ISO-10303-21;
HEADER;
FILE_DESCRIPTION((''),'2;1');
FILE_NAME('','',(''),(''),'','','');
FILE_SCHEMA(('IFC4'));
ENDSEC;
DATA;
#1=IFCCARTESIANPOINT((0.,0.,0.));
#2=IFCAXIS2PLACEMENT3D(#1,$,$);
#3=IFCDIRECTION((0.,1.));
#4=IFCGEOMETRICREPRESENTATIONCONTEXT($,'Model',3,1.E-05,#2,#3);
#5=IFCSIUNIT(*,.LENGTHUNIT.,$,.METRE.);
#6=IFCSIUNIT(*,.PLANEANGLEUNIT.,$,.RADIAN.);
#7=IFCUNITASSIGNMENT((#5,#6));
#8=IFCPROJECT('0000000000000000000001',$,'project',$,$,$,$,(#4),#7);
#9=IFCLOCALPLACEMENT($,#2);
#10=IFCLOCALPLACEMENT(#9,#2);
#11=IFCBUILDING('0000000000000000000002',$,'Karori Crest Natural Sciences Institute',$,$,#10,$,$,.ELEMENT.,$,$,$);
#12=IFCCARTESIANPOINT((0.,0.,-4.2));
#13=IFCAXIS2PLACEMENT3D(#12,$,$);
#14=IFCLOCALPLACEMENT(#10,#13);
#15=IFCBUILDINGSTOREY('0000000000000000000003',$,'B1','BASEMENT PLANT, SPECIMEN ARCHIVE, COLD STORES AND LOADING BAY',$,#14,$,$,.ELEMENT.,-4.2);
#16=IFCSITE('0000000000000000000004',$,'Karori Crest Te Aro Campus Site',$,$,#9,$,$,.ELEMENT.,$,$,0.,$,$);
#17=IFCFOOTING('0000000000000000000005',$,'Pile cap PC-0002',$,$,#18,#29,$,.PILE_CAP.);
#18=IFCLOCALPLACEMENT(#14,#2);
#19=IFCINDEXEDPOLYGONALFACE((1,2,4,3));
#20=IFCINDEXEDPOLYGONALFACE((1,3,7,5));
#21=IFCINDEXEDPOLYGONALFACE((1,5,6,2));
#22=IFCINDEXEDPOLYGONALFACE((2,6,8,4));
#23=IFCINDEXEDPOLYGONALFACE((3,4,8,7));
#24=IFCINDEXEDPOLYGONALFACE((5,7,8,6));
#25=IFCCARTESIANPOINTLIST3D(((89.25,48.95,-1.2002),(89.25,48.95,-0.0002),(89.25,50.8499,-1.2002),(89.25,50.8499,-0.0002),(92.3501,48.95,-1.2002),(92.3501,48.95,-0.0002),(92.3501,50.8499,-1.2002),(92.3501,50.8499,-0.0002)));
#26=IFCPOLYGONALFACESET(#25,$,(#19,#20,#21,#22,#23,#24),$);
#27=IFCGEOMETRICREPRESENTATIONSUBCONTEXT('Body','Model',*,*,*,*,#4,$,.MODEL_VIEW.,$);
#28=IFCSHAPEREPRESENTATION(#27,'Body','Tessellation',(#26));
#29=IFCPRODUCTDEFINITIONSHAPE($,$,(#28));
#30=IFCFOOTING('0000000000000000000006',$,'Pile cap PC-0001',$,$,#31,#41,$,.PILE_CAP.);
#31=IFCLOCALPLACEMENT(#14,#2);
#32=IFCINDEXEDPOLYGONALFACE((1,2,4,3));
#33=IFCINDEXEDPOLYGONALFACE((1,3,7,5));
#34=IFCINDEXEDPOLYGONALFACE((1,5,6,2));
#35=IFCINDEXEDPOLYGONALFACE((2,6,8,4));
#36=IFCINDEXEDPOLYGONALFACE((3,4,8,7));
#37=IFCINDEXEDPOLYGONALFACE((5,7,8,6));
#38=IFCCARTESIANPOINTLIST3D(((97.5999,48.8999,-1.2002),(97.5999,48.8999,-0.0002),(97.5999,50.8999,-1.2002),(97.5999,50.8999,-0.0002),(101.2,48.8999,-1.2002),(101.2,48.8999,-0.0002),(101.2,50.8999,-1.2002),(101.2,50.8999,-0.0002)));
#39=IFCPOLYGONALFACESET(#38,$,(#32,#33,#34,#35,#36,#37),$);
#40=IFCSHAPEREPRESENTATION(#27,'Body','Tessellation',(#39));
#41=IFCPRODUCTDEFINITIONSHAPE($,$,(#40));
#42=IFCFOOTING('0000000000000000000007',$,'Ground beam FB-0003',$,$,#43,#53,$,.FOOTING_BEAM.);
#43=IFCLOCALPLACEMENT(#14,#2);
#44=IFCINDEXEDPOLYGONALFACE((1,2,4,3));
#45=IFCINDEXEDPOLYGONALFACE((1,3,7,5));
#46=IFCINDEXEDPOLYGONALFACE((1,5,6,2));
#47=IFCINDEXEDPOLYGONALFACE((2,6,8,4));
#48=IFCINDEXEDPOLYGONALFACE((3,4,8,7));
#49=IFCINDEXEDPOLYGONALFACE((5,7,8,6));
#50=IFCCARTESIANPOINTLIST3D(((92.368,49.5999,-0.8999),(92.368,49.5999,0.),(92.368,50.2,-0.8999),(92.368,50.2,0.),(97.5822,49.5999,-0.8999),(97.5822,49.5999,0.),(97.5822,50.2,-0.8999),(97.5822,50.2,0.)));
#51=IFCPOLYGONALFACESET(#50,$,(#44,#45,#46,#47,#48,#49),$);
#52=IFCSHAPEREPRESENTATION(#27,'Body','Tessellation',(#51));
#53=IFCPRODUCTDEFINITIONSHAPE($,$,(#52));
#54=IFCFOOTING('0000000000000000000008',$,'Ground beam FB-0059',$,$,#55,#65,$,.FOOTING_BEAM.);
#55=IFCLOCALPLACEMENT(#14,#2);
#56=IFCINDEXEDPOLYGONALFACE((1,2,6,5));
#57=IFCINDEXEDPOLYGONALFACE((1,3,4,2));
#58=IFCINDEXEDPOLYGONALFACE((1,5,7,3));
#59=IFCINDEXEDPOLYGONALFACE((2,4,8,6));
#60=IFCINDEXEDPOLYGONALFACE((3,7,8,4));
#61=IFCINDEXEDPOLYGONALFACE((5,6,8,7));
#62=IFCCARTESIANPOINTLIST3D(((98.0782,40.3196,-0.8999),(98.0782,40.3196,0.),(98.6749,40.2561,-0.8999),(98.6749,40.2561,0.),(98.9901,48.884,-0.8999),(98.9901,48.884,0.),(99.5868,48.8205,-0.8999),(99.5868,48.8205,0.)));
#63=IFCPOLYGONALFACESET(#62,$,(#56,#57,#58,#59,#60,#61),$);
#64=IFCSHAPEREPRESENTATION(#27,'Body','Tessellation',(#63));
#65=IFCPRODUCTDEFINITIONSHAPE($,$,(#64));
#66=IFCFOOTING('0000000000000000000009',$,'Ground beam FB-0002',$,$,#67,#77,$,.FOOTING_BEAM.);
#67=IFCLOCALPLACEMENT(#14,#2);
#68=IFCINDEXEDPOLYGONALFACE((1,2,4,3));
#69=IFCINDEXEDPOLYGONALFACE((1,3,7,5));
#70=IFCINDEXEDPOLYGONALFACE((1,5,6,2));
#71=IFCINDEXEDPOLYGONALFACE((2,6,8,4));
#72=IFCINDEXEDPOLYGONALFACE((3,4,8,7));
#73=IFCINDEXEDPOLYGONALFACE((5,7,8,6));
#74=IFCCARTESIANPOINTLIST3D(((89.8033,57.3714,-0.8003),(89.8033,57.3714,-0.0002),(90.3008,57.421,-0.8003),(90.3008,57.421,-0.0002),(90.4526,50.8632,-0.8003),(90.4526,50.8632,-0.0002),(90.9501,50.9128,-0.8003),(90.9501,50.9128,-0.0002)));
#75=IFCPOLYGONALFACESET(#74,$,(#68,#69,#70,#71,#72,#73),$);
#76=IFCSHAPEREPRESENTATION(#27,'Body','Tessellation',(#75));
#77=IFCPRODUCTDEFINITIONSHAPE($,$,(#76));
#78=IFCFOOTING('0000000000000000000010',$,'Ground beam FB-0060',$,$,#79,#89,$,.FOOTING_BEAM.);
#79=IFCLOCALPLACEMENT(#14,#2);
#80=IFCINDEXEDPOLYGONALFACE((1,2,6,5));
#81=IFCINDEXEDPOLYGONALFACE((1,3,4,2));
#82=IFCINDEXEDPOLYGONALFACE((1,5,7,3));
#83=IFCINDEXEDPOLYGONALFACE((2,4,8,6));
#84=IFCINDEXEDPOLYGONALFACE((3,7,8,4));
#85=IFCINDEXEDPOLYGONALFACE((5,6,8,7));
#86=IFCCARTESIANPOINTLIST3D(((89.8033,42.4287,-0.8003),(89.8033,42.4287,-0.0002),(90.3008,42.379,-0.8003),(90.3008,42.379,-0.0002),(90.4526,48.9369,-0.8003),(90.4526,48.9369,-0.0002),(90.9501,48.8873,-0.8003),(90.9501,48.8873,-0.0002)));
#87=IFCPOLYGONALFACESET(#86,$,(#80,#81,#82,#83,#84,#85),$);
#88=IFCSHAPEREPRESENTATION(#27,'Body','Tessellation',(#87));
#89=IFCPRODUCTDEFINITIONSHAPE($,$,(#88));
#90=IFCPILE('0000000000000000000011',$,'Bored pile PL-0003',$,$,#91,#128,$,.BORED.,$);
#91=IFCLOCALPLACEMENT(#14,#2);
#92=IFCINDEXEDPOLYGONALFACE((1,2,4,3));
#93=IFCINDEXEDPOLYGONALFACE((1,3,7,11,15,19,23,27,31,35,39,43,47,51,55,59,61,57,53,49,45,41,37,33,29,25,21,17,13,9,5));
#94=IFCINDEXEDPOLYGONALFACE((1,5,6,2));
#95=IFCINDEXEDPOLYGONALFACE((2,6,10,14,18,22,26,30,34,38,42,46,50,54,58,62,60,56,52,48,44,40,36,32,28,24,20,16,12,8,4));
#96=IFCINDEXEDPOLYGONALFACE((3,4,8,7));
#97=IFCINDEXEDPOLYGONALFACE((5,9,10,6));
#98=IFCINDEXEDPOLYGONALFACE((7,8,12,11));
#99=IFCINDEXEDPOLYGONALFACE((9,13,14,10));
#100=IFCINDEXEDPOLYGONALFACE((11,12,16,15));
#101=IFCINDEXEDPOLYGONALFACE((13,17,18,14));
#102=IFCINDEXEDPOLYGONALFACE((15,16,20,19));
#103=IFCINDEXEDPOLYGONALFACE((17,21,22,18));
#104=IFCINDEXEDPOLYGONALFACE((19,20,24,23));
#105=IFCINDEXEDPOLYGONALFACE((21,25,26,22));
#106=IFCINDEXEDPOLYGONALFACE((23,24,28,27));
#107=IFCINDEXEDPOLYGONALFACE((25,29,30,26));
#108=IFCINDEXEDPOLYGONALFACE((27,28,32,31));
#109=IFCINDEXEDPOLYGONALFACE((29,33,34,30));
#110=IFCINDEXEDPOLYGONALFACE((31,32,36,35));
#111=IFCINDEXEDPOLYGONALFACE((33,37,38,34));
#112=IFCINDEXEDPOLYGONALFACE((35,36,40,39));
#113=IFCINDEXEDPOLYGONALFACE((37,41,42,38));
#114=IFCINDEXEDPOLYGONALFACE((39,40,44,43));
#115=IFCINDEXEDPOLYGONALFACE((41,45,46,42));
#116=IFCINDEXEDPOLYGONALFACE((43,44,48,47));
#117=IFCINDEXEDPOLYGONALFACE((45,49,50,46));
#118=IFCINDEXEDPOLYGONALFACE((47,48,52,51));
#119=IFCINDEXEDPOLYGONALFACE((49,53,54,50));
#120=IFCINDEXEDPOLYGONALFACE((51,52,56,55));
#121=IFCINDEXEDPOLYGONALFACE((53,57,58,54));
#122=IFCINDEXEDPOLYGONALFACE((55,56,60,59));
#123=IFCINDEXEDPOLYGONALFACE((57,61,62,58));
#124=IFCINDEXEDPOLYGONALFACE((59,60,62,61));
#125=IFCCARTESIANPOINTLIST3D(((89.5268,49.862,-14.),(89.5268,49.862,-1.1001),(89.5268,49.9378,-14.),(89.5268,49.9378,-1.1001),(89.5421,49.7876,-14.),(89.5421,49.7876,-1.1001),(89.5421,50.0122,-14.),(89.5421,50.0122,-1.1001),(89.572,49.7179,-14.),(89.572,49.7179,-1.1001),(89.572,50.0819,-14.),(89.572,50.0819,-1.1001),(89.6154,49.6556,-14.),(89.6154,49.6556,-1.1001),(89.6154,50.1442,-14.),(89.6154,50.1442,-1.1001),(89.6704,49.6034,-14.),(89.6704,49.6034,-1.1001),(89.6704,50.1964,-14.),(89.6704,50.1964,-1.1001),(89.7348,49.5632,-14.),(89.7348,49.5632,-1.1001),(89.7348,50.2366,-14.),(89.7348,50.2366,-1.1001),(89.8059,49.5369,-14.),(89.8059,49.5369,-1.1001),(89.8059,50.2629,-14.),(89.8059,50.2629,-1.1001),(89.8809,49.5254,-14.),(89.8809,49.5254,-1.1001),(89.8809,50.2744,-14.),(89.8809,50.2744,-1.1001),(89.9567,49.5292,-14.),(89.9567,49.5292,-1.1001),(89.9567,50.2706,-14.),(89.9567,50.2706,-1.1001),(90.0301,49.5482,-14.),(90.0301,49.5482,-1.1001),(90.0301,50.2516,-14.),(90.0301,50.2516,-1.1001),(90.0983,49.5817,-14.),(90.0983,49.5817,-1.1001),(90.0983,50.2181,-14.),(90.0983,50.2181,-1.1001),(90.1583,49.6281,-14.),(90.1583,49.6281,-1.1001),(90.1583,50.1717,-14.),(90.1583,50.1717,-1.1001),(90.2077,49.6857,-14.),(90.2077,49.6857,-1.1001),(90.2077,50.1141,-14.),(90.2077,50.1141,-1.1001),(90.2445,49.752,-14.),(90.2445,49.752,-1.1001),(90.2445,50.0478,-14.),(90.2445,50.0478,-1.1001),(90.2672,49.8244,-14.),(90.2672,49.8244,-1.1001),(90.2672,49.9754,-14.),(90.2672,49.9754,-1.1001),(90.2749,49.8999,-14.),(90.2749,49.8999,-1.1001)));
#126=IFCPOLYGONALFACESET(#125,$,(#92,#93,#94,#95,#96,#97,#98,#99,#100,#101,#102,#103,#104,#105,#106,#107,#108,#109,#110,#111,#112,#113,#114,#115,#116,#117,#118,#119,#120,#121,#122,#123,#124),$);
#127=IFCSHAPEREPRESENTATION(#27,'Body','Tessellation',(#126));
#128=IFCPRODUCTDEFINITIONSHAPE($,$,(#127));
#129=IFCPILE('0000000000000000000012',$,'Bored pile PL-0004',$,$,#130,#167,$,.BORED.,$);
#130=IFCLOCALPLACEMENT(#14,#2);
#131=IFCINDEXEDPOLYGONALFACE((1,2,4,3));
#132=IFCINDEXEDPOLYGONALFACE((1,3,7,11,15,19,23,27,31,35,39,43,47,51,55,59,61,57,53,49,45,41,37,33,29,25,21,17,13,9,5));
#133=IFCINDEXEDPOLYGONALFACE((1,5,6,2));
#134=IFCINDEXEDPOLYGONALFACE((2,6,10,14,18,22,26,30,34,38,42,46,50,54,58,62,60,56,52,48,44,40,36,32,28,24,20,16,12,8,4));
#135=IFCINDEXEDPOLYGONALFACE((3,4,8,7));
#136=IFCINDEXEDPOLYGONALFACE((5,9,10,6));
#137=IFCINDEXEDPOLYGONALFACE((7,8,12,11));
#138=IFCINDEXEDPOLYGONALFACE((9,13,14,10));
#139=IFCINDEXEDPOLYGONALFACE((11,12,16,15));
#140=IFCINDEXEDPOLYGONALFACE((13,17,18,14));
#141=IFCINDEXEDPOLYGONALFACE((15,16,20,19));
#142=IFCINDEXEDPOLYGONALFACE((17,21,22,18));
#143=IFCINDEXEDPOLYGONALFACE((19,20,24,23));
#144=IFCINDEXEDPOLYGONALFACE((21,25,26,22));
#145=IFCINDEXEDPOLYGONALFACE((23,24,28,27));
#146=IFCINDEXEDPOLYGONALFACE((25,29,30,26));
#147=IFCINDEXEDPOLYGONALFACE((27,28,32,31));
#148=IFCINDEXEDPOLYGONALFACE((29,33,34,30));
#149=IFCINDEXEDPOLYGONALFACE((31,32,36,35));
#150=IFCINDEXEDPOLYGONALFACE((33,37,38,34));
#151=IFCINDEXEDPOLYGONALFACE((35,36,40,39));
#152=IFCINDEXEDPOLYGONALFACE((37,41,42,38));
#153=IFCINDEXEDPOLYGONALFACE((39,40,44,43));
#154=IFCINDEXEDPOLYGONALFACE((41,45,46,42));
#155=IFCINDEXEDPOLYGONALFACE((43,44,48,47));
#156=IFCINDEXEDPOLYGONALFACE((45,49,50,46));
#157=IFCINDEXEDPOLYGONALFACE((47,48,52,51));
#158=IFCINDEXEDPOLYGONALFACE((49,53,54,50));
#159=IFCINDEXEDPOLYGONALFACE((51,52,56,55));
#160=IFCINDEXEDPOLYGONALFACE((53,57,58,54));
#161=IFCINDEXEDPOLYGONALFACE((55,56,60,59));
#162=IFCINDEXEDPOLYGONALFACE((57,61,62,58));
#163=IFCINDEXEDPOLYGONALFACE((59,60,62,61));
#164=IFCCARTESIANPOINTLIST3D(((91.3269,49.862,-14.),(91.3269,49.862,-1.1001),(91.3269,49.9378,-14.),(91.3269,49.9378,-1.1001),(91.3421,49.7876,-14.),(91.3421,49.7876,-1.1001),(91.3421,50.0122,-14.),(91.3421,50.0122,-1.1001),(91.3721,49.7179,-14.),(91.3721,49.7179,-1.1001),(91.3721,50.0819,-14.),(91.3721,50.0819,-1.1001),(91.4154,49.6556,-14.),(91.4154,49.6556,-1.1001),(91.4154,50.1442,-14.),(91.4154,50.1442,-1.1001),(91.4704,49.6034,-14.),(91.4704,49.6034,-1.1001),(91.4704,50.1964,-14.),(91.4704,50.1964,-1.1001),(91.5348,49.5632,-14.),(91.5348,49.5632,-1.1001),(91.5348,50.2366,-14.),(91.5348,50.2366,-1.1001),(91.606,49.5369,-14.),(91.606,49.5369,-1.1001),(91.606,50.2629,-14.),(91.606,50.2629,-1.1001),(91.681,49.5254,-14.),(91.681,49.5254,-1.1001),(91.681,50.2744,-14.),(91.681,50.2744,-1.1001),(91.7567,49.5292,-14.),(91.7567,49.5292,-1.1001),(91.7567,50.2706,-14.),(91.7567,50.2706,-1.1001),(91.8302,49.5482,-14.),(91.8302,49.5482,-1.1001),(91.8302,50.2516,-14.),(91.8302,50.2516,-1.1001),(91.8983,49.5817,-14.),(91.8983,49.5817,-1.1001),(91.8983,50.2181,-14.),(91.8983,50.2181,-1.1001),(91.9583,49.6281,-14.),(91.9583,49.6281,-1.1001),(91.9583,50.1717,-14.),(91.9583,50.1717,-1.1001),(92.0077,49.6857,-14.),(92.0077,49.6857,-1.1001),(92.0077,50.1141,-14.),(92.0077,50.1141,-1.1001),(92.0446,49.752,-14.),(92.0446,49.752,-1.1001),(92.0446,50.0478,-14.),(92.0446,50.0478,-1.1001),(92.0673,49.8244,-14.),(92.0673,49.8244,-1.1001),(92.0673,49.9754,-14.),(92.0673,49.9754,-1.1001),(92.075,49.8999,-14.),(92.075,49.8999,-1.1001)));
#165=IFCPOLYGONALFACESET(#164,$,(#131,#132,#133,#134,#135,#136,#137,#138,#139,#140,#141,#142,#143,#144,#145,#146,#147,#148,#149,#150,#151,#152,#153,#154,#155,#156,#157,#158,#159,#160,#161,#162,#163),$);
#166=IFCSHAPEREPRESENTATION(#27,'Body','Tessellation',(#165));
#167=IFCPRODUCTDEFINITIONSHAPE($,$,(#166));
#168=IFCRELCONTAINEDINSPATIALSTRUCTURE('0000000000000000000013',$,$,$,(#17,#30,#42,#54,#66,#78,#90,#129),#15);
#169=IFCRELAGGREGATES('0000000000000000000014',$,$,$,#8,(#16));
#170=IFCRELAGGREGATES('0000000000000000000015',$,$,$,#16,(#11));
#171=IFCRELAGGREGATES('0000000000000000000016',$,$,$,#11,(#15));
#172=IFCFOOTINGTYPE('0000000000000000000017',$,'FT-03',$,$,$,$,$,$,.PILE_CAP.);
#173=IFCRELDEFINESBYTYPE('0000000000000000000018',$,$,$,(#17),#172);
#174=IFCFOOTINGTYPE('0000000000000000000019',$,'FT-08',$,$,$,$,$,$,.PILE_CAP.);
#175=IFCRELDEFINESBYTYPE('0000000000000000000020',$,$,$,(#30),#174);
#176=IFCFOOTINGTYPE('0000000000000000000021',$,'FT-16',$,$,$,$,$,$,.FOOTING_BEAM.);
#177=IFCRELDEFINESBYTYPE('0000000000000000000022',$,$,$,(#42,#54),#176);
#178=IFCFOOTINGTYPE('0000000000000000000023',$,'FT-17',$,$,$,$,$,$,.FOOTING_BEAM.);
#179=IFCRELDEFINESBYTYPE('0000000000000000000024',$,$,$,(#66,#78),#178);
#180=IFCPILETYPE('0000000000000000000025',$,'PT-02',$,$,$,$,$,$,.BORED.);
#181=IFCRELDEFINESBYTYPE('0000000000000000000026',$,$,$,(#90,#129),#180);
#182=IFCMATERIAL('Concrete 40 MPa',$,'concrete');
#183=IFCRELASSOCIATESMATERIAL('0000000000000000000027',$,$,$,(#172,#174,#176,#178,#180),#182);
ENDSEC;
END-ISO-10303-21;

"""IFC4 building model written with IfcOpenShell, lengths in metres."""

from ifc_helpers import new_model, si_unit, direction, frame, origin, origin_2d, place, context, subcontext, project, spatial, rectangle, circle, extrude, material, material_profile, profile_set, type_object, element, save


model = new_model("IFC4")

# Units and contexts
model_context = context("Model", 3, precision=1e-05, world=origin(), true_north=direction((0.0, 1.0)))
body_context = subcontext(model_context, "Body", "Model", "MODEL_VIEW")
ifc_project = project(units=[si_unit("LENGTHUNIT", "METRE"), si_unit("PLANEANGLEUNIT", "RADIAN")], contexts=[model_context])

# Site, building, storey
site_placement = place(None, origin())
site = spatial("IfcSite", under=ifc_project, at=site_placement, Name="Karori Crest Te Aro Campus Site", CompositionType="ELEMENT", RefElevation=0.0)
building_placement = place(site_placement, origin())
building = spatial("IfcBuilding", under=site, at=building_placement, Name="Karori Crest Natural Sciences Institute", CompositionType="ELEMENT")
storey_placement = place(building_placement, frame((0.0, 0.0, -4.2)))
storey = spatial("IfcBuildingStorey", under=building, at=storey_placement, Name="B1", Description="BASEMENT PLANT, SPECIMEN ARCHIVE, COLD STORES AND LOADING BAY", CompositionType="ELEMENT", Elevation=-4.2)

# Footings
ifc_material_1 = material(Name="Concrete 40 MPa", Category="concrete")
footing_type_1 = type_object("IfcFootingType", Name="FT-03", PredefinedType="PILE_CAP", material=ifc_material_1)
footing_1_placement = place(storey_placement, frame((90.8, 49.8999, -1.2002), z_axis=(0.0, 0.0, 1.0), x_axis=(1.0, 0.0, 0.0)))
element("IfcFooting", 1, at=footing_1_placement, inside=storey, type_object=footing_type_1, Name="Pile cap PC-0002", PredefinedType="PILE_CAP", context=body_context, shape_type="SweptSolid", body=[
    extrude(rectangle(XDim=3.1001, YDim=1.8999, at=origin_2d()), origin(), (0.0, 0.0, 1.0), 1.2),
])
footing_type_2 = type_object("IfcFootingType", Name="FT-08", PredefinedType="PILE_CAP", material=ifc_material_1)
footing_2_placement = place(storey_placement, frame((99.3999, 49.8999, -1.2002), z_axis=(0.0, 0.0, 1.0), x_axis=(1.0, 0.0, 0.0)))
element("IfcFooting", 2, at=footing_2_placement, inside=storey, type_object=footing_type_2, Name="Pile cap PC-0001", PredefinedType="PILE_CAP", context=body_context, shape_type="SweptSolid", body=[
    extrude(rectangle(XDim=3.6001, YDim=2.0, at=origin_2d()), origin(), (0.0, 0.0, 1.0), 1.2),
])
footing_type_3 = type_object("IfcFootingType", Name="FT-16", PredefinedType="FOOTING_BEAM", material=ifc_material_1)
footing_3_placement = place(storey_placement, frame((94.9751, 49.8999, -0.8999), z_axis=(0.0, 0.0, 1.0), x_axis=(1.0, 0.0, 0.0)))
element("IfcFooting", 3, at=footing_3_placement, inside=storey, type_object=footing_type_3, Name="Ground beam FB-0003", PredefinedType="FOOTING_BEAM", context=body_context, shape_type="SweptSolid", body=[
    extrude(rectangle(XDim=5.2141, YDim=0.6001, at=origin_2d()), origin(), (0.0, 0.0, 1.0), 0.8999),
])
footing_4_placement = place(storey_placement, frame((98.8325, 44.5701, -0.8999), z_axis=(0.0, 0.0, 1.0), x_axis=(0.105881, 0.994379, 0.0)))
element("IfcFooting", 4, at=footing_4_placement, inside=storey, type_object=footing_type_3, Name="Ground beam FB-0059", PredefinedType="FOOTING_BEAM", context=body_context, shape_type="SweptSolid", body=[
    extrude(rectangle(XDim=8.6128, YDim=0.6001, at=origin_2d()), origin(), (0.0, 0.0, 1.0), 0.8999),
])
footing_type_4 = type_object("IfcFootingType", Name="FT-17", PredefinedType="FOOTING_BEAM", material=ifc_material_1)
for number, where, z_axis, x_axis, name in (
    (5, (90.3767, 54.1421, -0.8003), (0.0, 0.0, 1.0), (-0.099268, 0.995061, 0.0), "Ground beam FB-0002"),
    (6, (90.3767, 45.658, -0.8003), (0.0, 0.0, 1.0), (0.099268, 0.995061, 0.0), "Ground beam FB-0060"),
):
    element("IfcFooting", number, at=place(storey_placement, frame(where, z_axis=z_axis, x_axis=x_axis)), inside=storey, type_object=footing_type_4, Name=name, PredefinedType="FOOTING_BEAM", context=body_context, shape_type="SweptSolid", body=[
        extrude(rectangle(XDim=6.5405, YDim=0.5, at=origin_2d()), origin(), (0.0, 0.0, 1.0), 0.8),
    ])

# Piles
ifc_material_profile_1 = material_profile(ifc_material_1, circle(Radius=0.375, at=origin_2d()), Name="PILE750")
ifc_profile_set_1 = profile_set([ifc_material_profile_1], Name="Concrete 40 MPa")
pile_type_1 = type_object("IfcPileType", Name="PT-02", PredefinedType="BORED", material=ifc_profile_set_1)
for number, where, z_axis, x_axis, name in (
    (7, (89.8999, 49.8999, -1.1001), (0.0, 0.0, -1.0), (1.0, 0.0, 0.0), "Bored pile PL-0003"),
    (8, (91.7, 49.8999, -1.1001), (0.0, 0.0, -1.0), (1.0, 0.0, 0.0), "Bored pile PL-0004"),
):
    element("IfcPile", number, at=place(storey_placement, frame(where, z_axis=z_axis, x_axis=x_axis)), inside=storey, type_object=pile_type_1, Name=name, PredefinedType="BORED", context=body_context, shape_type="SweptSolid", body=[
        extrude(circle(Radius=0.375, at=origin_2d()), origin(), (0.0, 0.0, 1.0), 12.8999),
    ])

save(model, "model.ifc")
